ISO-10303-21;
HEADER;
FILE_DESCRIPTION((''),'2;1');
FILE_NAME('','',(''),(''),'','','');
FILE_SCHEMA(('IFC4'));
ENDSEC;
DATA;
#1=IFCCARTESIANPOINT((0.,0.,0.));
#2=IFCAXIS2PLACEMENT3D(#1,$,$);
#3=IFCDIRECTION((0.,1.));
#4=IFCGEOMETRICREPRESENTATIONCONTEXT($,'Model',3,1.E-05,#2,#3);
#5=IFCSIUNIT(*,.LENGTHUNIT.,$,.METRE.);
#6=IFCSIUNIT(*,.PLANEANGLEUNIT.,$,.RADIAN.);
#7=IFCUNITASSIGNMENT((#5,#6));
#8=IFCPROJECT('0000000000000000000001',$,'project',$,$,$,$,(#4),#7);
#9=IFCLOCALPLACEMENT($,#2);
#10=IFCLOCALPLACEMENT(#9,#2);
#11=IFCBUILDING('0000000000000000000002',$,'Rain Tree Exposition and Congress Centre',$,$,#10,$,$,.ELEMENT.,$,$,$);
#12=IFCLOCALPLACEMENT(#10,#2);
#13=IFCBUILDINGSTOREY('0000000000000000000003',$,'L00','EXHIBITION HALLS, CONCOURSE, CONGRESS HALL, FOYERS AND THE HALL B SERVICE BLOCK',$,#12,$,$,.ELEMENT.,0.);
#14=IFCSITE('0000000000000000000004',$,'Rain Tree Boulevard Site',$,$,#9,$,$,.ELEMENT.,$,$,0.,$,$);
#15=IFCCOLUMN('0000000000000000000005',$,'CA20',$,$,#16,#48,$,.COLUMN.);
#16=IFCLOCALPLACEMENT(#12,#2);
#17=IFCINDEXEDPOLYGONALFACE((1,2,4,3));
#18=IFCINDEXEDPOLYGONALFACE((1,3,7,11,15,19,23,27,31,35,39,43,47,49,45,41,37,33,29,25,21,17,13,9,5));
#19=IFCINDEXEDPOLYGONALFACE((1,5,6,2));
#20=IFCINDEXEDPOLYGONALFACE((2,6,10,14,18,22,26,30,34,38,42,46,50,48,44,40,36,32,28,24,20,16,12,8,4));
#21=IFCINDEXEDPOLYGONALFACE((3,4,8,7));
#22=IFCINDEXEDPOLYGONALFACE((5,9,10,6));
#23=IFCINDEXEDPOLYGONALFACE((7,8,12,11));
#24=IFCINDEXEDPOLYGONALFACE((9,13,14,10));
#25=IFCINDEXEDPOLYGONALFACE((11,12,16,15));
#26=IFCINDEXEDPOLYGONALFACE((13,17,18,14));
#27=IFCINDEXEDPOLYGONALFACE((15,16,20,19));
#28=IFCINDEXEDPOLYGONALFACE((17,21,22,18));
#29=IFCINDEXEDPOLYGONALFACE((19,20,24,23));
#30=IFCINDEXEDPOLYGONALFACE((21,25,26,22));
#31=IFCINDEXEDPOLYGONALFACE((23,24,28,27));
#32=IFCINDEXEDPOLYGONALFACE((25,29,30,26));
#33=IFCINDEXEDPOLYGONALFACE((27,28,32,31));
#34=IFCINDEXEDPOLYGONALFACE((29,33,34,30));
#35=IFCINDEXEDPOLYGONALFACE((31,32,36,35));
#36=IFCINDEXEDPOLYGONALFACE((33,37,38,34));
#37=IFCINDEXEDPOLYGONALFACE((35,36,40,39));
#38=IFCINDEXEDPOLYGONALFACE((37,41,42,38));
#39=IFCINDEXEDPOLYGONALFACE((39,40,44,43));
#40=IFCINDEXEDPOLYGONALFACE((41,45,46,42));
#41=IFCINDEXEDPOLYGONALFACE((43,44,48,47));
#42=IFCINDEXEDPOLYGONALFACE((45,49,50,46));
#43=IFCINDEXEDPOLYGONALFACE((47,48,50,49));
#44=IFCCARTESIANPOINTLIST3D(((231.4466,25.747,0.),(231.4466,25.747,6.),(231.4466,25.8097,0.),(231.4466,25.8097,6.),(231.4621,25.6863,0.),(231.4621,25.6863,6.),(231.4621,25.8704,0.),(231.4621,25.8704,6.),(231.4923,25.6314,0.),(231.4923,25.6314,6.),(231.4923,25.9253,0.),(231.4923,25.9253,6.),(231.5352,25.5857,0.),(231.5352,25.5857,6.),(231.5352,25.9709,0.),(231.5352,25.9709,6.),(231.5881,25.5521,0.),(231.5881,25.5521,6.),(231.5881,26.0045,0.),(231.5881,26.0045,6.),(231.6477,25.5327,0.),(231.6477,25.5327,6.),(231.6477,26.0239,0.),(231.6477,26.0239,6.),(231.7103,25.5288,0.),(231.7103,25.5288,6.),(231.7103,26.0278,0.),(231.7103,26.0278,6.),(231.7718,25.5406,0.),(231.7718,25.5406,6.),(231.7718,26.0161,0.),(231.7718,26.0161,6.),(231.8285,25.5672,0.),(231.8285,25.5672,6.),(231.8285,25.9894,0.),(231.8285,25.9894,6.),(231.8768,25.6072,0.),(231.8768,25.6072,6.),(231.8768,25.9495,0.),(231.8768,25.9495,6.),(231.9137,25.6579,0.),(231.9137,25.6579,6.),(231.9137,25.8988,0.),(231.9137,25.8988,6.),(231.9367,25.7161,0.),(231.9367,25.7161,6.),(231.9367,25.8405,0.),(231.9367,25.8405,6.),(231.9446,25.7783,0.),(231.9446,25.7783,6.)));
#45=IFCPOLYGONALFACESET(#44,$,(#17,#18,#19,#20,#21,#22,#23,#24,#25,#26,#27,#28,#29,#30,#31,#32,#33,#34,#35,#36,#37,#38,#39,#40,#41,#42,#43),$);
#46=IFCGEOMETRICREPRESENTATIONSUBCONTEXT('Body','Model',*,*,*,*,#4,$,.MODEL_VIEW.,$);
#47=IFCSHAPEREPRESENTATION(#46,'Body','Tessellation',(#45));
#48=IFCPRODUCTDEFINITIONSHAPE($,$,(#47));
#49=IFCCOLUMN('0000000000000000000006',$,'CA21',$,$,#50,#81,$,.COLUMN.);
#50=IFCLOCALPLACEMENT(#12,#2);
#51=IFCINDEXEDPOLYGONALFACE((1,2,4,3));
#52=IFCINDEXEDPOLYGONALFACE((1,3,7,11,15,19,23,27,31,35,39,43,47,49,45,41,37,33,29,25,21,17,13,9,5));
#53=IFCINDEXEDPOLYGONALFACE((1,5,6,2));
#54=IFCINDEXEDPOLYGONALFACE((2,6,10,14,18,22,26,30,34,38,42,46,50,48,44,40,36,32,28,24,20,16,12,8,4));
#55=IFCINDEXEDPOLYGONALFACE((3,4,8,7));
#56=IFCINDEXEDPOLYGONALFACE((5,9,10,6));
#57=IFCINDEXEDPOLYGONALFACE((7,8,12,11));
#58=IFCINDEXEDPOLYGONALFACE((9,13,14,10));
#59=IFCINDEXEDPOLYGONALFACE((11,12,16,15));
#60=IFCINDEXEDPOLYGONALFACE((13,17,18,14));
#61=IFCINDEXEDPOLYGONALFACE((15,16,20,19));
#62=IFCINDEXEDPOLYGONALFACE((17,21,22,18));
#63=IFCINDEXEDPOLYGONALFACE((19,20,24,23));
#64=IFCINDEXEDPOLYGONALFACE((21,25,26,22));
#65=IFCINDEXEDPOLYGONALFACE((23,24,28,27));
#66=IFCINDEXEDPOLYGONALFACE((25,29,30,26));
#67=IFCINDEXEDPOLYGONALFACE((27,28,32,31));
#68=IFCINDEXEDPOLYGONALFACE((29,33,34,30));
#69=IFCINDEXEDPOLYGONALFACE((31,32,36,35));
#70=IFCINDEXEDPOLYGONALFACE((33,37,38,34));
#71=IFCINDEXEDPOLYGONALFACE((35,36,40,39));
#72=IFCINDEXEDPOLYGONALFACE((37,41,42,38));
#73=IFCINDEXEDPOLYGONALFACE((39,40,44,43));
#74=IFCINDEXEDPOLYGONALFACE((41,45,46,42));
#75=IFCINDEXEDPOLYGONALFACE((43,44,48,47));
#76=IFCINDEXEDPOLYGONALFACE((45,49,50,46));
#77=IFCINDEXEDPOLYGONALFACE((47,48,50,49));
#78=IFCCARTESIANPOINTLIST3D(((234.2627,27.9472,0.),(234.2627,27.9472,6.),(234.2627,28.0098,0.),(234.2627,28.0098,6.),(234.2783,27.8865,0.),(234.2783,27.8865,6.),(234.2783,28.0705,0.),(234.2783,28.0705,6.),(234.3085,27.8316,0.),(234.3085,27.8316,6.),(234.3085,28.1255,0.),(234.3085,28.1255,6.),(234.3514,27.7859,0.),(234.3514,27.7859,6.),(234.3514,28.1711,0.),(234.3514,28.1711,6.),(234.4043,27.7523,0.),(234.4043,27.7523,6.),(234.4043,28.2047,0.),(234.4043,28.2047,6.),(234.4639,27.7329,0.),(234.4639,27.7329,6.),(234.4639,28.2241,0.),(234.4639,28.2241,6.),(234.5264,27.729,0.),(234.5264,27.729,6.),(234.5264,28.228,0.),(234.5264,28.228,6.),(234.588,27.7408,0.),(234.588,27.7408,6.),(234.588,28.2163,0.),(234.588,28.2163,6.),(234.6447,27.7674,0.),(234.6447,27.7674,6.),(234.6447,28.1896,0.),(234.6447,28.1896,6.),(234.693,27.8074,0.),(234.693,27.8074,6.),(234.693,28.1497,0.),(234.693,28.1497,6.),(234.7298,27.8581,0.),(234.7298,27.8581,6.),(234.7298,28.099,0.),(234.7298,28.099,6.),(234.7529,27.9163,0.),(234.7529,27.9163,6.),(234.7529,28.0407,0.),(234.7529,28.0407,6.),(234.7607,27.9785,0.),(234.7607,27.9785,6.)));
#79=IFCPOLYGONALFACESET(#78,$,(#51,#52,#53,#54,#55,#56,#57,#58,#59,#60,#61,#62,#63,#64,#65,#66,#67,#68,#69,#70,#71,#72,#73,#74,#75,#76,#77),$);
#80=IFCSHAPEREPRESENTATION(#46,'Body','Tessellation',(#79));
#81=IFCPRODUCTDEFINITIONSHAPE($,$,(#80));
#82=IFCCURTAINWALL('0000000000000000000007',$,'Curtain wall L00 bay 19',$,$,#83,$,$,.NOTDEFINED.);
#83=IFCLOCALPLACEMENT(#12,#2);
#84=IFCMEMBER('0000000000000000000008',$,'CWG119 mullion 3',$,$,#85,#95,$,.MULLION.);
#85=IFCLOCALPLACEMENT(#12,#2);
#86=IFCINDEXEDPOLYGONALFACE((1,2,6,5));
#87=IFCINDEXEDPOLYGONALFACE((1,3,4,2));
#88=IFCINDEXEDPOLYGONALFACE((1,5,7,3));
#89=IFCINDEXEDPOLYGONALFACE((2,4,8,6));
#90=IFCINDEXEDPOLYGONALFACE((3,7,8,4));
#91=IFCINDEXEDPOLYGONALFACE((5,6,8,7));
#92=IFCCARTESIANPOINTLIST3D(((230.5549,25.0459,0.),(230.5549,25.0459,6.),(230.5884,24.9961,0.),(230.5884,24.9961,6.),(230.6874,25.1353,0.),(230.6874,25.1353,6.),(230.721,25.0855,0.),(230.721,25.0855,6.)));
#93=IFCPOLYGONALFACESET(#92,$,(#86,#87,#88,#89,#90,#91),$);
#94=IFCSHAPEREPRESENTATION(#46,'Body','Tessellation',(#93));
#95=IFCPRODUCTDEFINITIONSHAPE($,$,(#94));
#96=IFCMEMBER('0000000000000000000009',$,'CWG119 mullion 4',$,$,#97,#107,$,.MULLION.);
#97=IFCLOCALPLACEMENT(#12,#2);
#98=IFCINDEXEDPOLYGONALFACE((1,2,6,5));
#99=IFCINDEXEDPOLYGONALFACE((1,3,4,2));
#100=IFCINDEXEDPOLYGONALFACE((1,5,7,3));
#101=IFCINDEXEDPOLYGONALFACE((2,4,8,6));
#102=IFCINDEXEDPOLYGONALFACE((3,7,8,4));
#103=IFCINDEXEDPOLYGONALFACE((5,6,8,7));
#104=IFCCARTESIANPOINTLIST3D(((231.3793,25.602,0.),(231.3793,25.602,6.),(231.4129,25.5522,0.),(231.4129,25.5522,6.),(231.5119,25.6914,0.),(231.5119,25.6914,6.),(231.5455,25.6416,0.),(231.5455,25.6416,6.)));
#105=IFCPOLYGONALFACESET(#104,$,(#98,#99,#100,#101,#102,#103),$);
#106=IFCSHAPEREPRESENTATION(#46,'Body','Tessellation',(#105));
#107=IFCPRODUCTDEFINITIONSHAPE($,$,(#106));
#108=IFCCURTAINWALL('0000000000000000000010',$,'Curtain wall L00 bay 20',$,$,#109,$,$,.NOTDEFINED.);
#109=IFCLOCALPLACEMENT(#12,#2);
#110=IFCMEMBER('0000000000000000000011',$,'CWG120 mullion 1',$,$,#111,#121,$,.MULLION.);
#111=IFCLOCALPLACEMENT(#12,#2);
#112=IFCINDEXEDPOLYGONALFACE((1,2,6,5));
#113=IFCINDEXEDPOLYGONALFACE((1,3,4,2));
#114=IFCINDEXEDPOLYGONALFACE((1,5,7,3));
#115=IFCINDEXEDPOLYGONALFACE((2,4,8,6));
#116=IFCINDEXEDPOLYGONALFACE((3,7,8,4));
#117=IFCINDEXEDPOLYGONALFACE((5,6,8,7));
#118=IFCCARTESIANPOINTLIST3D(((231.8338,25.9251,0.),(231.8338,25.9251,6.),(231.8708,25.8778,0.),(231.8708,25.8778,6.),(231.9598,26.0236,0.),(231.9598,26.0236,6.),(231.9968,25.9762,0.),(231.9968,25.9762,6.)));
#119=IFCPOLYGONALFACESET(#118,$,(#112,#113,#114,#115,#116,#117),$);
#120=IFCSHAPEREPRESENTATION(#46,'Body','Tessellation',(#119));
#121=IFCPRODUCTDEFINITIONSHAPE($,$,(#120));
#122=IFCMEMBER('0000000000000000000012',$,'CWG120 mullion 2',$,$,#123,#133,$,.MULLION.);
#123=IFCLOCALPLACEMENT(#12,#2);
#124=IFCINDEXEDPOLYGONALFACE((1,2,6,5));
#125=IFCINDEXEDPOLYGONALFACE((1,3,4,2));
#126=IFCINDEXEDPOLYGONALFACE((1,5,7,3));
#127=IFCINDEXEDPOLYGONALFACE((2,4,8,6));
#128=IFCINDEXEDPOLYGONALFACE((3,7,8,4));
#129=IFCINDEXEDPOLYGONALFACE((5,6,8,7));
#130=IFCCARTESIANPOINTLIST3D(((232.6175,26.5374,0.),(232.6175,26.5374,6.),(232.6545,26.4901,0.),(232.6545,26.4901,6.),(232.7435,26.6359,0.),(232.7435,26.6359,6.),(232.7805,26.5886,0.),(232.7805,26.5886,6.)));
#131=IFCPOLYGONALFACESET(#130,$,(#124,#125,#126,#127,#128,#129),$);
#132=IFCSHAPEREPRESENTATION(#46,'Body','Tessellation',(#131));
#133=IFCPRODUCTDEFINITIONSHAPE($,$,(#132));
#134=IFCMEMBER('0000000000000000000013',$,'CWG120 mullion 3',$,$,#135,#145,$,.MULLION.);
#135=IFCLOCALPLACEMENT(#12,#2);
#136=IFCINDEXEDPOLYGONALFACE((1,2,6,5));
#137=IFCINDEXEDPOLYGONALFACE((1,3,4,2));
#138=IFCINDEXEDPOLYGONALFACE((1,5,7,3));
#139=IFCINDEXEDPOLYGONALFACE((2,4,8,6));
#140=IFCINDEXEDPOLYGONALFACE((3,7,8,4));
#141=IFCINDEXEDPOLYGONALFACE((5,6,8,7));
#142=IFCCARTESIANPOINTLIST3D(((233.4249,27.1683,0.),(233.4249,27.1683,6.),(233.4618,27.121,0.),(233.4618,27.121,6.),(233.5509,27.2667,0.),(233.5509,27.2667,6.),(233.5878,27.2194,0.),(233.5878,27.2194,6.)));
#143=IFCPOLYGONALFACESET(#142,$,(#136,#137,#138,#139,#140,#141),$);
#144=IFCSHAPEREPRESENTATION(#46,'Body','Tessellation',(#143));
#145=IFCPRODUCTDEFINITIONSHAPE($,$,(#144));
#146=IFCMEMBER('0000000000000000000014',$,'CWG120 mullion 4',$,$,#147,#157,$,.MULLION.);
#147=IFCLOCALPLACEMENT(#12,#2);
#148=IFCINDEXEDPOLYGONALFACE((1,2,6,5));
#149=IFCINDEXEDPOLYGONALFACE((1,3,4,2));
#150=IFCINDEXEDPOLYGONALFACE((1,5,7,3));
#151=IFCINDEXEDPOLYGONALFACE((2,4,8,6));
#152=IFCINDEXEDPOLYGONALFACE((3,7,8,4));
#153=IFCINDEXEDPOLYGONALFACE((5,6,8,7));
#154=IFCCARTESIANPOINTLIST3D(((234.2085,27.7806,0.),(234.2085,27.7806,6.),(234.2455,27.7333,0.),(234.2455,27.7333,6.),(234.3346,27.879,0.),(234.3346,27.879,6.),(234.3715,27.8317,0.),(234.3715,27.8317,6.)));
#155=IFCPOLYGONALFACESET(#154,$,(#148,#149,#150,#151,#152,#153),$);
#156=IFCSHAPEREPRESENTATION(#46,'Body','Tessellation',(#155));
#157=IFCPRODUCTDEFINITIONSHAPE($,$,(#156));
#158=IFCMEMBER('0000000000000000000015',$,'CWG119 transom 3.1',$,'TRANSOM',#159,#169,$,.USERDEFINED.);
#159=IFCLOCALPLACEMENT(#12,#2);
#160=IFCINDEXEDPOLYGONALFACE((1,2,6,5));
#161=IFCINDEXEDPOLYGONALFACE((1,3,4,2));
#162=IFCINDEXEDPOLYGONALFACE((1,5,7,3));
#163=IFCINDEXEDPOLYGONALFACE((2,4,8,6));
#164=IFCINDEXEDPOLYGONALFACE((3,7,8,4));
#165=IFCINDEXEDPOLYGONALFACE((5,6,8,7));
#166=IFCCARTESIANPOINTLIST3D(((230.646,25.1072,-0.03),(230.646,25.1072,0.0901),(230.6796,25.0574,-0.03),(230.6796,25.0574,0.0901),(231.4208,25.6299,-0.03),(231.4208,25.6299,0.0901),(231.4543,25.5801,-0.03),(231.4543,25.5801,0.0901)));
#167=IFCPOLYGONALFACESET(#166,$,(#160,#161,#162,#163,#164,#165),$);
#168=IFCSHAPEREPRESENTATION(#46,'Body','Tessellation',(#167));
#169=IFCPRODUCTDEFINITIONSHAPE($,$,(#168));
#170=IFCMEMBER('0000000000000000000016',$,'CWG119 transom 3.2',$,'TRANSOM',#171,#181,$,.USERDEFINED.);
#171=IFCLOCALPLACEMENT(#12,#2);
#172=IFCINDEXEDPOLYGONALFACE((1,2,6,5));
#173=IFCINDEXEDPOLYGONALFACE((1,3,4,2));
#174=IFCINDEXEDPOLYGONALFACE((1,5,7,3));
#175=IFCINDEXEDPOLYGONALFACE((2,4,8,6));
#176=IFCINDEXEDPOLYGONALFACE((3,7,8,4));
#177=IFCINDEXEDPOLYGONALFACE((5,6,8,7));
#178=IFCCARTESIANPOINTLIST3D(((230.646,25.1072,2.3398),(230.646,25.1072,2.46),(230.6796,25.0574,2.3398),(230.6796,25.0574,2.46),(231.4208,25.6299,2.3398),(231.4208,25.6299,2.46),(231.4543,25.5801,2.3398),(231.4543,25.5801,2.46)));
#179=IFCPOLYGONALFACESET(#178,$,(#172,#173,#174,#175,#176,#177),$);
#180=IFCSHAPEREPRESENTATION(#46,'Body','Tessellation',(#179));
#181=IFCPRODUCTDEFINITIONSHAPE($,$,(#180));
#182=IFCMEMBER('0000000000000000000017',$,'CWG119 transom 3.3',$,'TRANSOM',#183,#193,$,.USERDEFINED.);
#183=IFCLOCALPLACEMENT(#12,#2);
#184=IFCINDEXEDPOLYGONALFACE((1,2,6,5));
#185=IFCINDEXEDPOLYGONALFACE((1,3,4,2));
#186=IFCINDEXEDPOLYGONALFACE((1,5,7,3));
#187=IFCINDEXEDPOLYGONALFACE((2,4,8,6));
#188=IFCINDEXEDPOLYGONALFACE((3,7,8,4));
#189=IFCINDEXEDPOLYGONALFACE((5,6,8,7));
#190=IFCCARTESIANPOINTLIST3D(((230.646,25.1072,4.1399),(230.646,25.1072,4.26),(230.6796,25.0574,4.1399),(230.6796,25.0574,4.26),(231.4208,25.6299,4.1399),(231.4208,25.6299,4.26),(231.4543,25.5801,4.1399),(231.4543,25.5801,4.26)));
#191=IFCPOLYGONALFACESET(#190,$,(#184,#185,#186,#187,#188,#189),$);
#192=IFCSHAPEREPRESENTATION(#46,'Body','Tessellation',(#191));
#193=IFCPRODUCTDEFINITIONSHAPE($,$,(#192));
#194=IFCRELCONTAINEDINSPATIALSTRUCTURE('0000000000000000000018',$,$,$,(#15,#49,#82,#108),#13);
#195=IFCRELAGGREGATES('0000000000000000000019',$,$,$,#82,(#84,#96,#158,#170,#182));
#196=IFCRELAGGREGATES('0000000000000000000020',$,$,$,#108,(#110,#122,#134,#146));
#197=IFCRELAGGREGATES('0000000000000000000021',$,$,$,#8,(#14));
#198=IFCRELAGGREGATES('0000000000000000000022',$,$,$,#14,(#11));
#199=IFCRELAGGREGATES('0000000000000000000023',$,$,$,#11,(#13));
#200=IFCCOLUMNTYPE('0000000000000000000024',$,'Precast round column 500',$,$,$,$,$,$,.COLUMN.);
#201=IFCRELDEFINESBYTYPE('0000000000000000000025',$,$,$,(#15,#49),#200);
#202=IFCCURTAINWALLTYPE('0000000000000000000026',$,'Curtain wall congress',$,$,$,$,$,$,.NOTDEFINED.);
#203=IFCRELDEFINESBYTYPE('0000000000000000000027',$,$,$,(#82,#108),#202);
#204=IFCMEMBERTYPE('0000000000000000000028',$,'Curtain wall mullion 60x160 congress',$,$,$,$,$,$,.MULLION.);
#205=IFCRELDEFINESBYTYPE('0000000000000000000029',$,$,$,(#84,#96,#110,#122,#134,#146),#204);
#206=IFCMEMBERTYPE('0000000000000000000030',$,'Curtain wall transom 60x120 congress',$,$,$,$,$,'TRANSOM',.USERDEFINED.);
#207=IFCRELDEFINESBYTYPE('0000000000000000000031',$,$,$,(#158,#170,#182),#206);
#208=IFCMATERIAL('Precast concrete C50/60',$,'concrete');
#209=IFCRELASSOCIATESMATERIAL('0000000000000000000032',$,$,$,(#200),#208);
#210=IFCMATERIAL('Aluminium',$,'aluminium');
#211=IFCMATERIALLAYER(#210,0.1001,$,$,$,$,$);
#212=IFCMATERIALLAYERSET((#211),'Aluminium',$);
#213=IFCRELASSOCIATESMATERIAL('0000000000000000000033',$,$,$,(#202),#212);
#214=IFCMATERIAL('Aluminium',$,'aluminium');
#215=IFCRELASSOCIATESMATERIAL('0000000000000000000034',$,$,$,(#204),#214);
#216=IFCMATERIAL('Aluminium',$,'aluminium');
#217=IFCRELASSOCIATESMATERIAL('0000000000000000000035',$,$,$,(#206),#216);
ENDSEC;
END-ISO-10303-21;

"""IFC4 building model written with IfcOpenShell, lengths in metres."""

from ifc_helpers import new_model, si_unit, direction, frame, origin, origin_2d, place, context, subcontext, project, spatial, rectangle, circle, extrude, material, layer, layer_set, material_profile, profile_set, type_object, element, aggregate, save


model = new_model("IFC4")

# Units and contexts
model_context = context("Model", 3, precision=1e-05, world=origin(), true_north=direction((0.0, 1.0)))
body_context = subcontext(model_context, "Body", "Model", "MODEL_VIEW")
ifc_project = project(units=[si_unit("LENGTHUNIT", "METRE"), si_unit("PLANEANGLEUNIT", "RADIAN")], contexts=[model_context])

# Site, building, storey
site_placement = place(None, origin())
site = spatial("IfcSite", under=ifc_project, at=site_placement, Name="Rain Tree Boulevard Site", CompositionType="ELEMENT", RefElevation=0.0)
building_placement = place(site_placement, origin())
building = spatial("IfcBuilding", under=site, at=building_placement, Name="Rain Tree Exposition and Congress Centre", CompositionType="ELEMENT")
storey_placement = place(building_placement, origin())
storey = spatial("IfcBuildingStorey", under=building, at=storey_placement, Name="L00", Description="EXHIBITION HALLS, CONCOURSE, CONGRESS HALL, FOYERS AND THE HALL B SERVICE BLOCK", CompositionType="ELEMENT", Elevation=0.0)

# Columns
ifc_material_1 = material(Name="Precast concrete C50/60", Category="concrete")
ifc_material_profile_1 = material_profile(ifc_material_1, circle(Radius=0.25, at=origin_2d()), Name="RC D500")
ifc_profile_set_1 = profile_set([ifc_material_profile_1], Name="Precast concrete C50/60")
column_type = type_object("IfcColumnType", Name="Precast round column 500", PredefinedType="COLUMN", material=ifc_profile_set_1)
for number, where, z_axis, x_axis, name in (
    (1, (231.6946, 25.7783, 0.0), (0.0, 0.0, 1.0), (1.0, 0.0, 0.0), "CA20"),
    (2, (234.5107, 27.9785, 0.0), (0.0, 0.0, 1.0), (1.0, 0.0, 0.0), "CA21"),
):
    element("IfcColumn", number, at=place(storey_placement, frame(where, z_axis=z_axis, x_axis=x_axis)), inside=storey, type_object=column_type, Name=name, PredefinedType="COLUMN", context=body_context, shape_type="SweptSolid", body=[
        extrude(circle(Radius=0.25, at=origin_2d()), origin(), (0.0, 0.0, 1.0), 6.0),
    ])

# Curtain walls, members
ifc_material_2 = material(Name="Aluminium", Category="aluminium")
ifc_layer_1 = layer(ifc_material_2, 0.1001)
ifc_layer_set_1 = layer_set([ifc_layer_1], Name="Aluminium")
curtain_wall_type = type_object("IfcCurtainWallType", Name="Curtain wall congress", PredefinedType="NOTDEFINED", material=ifc_layer_set_1)
curtain_wall_1_placement = place(storey_placement, origin())
curtain_wall_1 = element("IfcCurtainWall", 3, at=curtain_wall_1_placement, inside=storey, type_object=curtain_wall_type, Name="Curtain wall L00 bay 19", PredefinedType="NOTDEFINED")
ifc_material_3 = material(Name="Aluminium", Category="aluminium")
ifc_material_profile_2 = material_profile(ifc_material_3, rectangle(XDim=0.0601, YDim=0.1599, at=origin_2d()), Name="AL 60x160")
ifc_profile_set_2 = profile_set([ifc_material_profile_2], Name="Aluminium")
member_type_1 = type_object("IfcMemberType", Name="Curtain wall mullion 60x160 congress", PredefinedType="MULLION", material=ifc_profile_set_2)
member_1_placement = place(storey_placement, frame((230.6379, 25.0657, 0.0), z_axis=(0.0, 0.0, 1.0), x_axis=(-0.559197, 0.829035, 0.0)))
member_1 = element("IfcMember", 4, at=member_1_placement, type_object=member_type_1, Name="CWG119 mullion 3", PredefinedType="MULLION", context=body_context, shape_type="SweptSolid", body=[
    extrude(rectangle(XDim=0.0601, YDim=0.1599, at=origin_2d()), origin(), (0.0, 0.0, 1.0), 6.0),
])
member_2_placement = place(storey_placement, frame((231.4624, 25.6218, 0.0), z_axis=(0.0, 0.0, 1.0), x_axis=(-0.559197, 0.829035, 0.0)))
member_2 = element("IfcMember", 5, at=member_2_placement, type_object=member_type_1, Name="CWG119 mullion 4", PredefinedType="MULLION", context=body_context, shape_type="SweptSolid", body=[
    extrude(rectangle(XDim=0.0601, YDim=0.1599, at=origin_2d()), origin(), (0.0, 0.0, 1.0), 6.0),
])
curtain_wall_2_placement = place(storey_placement, origin())
curtain_wall_2 = element("IfcCurtainWall", 6, at=curtain_wall_2_placement, inside=storey, type_object=curtain_wall_type, Name="Curtain wall L00 bay 20", PredefinedType="NOTDEFINED")
member_3_placement = place(storey_placement, frame((231.9153, 25.9507, 0.0), z_axis=(0.0, 0.0, 1.0), x_axis=(-0.615671, 0.788003, 0.0)))
member_3 = element("IfcMember", 7, at=member_3_placement, type_object=member_type_1, Name="CWG120 mullion 1", PredefinedType="MULLION", context=body_context, shape_type="SweptSolid", body=[
    extrude(rectangle(XDim=0.0601, YDim=0.1599, at=origin_2d()), origin(), (0.0, 0.0, 1.0), 6.0),
])
member_4_placement = place(storey_placement, frame((232.699, 26.563, 0.0), z_axis=(0.0, 0.0, 1.0), x_axis=(-0.615671, 0.788003, 0.0)))
member_4 = element("IfcMember", 8, at=member_4_placement, type_object=member_type_1, Name="CWG120 mullion 2", PredefinedType="MULLION", context=body_context, shape_type="SweptSolid", body=[
    extrude(rectangle(XDim=0.0601, YDim=0.1599, at=origin_2d()), origin(), (0.0, 0.0, 1.0), 6.0),
])
member_5_placement = place(storey_placement, frame((233.5063, 27.1938, 0.0), z_axis=(0.0, 0.0, 1.0), x_axis=(-0.615671, 0.788003, 0.0)))
member_5 = element("IfcMember", 9, at=member_5_placement, type_object=member_type_1, Name="CWG120 mullion 3", PredefinedType="MULLION", context=body_context, shape_type="SweptSolid", body=[
    extrude(rectangle(XDim=0.0601, YDim=0.1599, at=origin_2d()), origin(), (0.0, 0.0, 1.0), 6.0),
])
member_6_placement = place(storey_placement, frame((234.29, 27.8062, 0.0), z_axis=(0.0, 0.0, 1.0), x_axis=(-0.615671, 0.788003, 0.0)))
member_6 = element("IfcMember", 10, at=member_6_placement, type_object=member_type_1, Name="CWG120 mullion 4", PredefinedType="MULLION", context=body_context, shape_type="SweptSolid", body=[
    extrude(rectangle(XDim=0.0601, YDim=0.1599, at=origin_2d()), origin(), (0.0, 0.0, 1.0), 6.0),
])

# Members
ifc_material_4 = material(Name="Aluminium", Category="aluminium")
ifc_material_profile_3 = material_profile(ifc_material_4, rectangle(XDim=0.0601, YDim=0.1201, at=origin_2d()), Name="AL 60x120")
ifc_profile_set_3 = profile_set([ifc_material_profile_3], Name="Aluminium")
member_type_2 = type_object("IfcMemberType", Name="Curtain wall transom 60x120 congress", ElementType="TRANSOM", PredefinedType="USERDEFINED", material=ifc_profile_set_3)
member_7_placement = place(storey_placement, frame((230.6628, 25.0823, 0.03), z_axis=(0.828943, 0.559334, 0.0), x_axis=(-0.559334, 0.828943, 0.0)))
member_7 = element("IfcMember", 11, at=member_7_placement, type_object=member_type_2, Name="CWG119 transom 3.1", ObjectType="TRANSOM", PredefinedType="USERDEFINED", context=body_context, shape_type="SweptSolid", body=[
    extrude(rectangle(XDim=0.0601, YDim=0.1201, at=origin_2d()), origin(), (0.0, 0.0, 1.0), 0.9346),
])
member_8_placement = place(storey_placement, frame((230.6628, 25.0823, 2.3999), z_axis=(0.828943, 0.559334, 0.0), x_axis=(-0.559334, 0.828943, 0.0)))
member_8 = element("IfcMember", 12, at=member_8_placement, type_object=member_type_2, Name="CWG119 transom 3.2", ObjectType="TRANSOM", PredefinedType="USERDEFINED", context=body_context, shape_type="SweptSolid", body=[
    extrude(rectangle(XDim=0.0601, YDim=0.1201, at=origin_2d()), origin(), (0.0, 0.0, 1.0), 0.9346),
])
member_9_placement = place(storey_placement, frame((230.6628, 25.0823, 4.2), z_axis=(0.828943, 0.559334, 0.0), x_axis=(-0.559334, 0.828943, 0.0)))
member_9 = element("IfcMember", 13, at=member_9_placement, type_object=member_type_2, Name="CWG119 transom 3.3", ObjectType="TRANSOM", PredefinedType="USERDEFINED", context=body_context, shape_type="SweptSolid", body=[
    extrude(rectangle(XDim=0.0601, YDim=0.1201, at=origin_2d()), origin(), (0.0, 0.0, 1.0), 0.9346),
])

aggregate(curtain_wall_1, [member_1, member_2, member_7, member_8, member_9])
aggregate(curtain_wall_2, [member_3, member_4, member_5, member_6])

save(model, "model.ifc")
